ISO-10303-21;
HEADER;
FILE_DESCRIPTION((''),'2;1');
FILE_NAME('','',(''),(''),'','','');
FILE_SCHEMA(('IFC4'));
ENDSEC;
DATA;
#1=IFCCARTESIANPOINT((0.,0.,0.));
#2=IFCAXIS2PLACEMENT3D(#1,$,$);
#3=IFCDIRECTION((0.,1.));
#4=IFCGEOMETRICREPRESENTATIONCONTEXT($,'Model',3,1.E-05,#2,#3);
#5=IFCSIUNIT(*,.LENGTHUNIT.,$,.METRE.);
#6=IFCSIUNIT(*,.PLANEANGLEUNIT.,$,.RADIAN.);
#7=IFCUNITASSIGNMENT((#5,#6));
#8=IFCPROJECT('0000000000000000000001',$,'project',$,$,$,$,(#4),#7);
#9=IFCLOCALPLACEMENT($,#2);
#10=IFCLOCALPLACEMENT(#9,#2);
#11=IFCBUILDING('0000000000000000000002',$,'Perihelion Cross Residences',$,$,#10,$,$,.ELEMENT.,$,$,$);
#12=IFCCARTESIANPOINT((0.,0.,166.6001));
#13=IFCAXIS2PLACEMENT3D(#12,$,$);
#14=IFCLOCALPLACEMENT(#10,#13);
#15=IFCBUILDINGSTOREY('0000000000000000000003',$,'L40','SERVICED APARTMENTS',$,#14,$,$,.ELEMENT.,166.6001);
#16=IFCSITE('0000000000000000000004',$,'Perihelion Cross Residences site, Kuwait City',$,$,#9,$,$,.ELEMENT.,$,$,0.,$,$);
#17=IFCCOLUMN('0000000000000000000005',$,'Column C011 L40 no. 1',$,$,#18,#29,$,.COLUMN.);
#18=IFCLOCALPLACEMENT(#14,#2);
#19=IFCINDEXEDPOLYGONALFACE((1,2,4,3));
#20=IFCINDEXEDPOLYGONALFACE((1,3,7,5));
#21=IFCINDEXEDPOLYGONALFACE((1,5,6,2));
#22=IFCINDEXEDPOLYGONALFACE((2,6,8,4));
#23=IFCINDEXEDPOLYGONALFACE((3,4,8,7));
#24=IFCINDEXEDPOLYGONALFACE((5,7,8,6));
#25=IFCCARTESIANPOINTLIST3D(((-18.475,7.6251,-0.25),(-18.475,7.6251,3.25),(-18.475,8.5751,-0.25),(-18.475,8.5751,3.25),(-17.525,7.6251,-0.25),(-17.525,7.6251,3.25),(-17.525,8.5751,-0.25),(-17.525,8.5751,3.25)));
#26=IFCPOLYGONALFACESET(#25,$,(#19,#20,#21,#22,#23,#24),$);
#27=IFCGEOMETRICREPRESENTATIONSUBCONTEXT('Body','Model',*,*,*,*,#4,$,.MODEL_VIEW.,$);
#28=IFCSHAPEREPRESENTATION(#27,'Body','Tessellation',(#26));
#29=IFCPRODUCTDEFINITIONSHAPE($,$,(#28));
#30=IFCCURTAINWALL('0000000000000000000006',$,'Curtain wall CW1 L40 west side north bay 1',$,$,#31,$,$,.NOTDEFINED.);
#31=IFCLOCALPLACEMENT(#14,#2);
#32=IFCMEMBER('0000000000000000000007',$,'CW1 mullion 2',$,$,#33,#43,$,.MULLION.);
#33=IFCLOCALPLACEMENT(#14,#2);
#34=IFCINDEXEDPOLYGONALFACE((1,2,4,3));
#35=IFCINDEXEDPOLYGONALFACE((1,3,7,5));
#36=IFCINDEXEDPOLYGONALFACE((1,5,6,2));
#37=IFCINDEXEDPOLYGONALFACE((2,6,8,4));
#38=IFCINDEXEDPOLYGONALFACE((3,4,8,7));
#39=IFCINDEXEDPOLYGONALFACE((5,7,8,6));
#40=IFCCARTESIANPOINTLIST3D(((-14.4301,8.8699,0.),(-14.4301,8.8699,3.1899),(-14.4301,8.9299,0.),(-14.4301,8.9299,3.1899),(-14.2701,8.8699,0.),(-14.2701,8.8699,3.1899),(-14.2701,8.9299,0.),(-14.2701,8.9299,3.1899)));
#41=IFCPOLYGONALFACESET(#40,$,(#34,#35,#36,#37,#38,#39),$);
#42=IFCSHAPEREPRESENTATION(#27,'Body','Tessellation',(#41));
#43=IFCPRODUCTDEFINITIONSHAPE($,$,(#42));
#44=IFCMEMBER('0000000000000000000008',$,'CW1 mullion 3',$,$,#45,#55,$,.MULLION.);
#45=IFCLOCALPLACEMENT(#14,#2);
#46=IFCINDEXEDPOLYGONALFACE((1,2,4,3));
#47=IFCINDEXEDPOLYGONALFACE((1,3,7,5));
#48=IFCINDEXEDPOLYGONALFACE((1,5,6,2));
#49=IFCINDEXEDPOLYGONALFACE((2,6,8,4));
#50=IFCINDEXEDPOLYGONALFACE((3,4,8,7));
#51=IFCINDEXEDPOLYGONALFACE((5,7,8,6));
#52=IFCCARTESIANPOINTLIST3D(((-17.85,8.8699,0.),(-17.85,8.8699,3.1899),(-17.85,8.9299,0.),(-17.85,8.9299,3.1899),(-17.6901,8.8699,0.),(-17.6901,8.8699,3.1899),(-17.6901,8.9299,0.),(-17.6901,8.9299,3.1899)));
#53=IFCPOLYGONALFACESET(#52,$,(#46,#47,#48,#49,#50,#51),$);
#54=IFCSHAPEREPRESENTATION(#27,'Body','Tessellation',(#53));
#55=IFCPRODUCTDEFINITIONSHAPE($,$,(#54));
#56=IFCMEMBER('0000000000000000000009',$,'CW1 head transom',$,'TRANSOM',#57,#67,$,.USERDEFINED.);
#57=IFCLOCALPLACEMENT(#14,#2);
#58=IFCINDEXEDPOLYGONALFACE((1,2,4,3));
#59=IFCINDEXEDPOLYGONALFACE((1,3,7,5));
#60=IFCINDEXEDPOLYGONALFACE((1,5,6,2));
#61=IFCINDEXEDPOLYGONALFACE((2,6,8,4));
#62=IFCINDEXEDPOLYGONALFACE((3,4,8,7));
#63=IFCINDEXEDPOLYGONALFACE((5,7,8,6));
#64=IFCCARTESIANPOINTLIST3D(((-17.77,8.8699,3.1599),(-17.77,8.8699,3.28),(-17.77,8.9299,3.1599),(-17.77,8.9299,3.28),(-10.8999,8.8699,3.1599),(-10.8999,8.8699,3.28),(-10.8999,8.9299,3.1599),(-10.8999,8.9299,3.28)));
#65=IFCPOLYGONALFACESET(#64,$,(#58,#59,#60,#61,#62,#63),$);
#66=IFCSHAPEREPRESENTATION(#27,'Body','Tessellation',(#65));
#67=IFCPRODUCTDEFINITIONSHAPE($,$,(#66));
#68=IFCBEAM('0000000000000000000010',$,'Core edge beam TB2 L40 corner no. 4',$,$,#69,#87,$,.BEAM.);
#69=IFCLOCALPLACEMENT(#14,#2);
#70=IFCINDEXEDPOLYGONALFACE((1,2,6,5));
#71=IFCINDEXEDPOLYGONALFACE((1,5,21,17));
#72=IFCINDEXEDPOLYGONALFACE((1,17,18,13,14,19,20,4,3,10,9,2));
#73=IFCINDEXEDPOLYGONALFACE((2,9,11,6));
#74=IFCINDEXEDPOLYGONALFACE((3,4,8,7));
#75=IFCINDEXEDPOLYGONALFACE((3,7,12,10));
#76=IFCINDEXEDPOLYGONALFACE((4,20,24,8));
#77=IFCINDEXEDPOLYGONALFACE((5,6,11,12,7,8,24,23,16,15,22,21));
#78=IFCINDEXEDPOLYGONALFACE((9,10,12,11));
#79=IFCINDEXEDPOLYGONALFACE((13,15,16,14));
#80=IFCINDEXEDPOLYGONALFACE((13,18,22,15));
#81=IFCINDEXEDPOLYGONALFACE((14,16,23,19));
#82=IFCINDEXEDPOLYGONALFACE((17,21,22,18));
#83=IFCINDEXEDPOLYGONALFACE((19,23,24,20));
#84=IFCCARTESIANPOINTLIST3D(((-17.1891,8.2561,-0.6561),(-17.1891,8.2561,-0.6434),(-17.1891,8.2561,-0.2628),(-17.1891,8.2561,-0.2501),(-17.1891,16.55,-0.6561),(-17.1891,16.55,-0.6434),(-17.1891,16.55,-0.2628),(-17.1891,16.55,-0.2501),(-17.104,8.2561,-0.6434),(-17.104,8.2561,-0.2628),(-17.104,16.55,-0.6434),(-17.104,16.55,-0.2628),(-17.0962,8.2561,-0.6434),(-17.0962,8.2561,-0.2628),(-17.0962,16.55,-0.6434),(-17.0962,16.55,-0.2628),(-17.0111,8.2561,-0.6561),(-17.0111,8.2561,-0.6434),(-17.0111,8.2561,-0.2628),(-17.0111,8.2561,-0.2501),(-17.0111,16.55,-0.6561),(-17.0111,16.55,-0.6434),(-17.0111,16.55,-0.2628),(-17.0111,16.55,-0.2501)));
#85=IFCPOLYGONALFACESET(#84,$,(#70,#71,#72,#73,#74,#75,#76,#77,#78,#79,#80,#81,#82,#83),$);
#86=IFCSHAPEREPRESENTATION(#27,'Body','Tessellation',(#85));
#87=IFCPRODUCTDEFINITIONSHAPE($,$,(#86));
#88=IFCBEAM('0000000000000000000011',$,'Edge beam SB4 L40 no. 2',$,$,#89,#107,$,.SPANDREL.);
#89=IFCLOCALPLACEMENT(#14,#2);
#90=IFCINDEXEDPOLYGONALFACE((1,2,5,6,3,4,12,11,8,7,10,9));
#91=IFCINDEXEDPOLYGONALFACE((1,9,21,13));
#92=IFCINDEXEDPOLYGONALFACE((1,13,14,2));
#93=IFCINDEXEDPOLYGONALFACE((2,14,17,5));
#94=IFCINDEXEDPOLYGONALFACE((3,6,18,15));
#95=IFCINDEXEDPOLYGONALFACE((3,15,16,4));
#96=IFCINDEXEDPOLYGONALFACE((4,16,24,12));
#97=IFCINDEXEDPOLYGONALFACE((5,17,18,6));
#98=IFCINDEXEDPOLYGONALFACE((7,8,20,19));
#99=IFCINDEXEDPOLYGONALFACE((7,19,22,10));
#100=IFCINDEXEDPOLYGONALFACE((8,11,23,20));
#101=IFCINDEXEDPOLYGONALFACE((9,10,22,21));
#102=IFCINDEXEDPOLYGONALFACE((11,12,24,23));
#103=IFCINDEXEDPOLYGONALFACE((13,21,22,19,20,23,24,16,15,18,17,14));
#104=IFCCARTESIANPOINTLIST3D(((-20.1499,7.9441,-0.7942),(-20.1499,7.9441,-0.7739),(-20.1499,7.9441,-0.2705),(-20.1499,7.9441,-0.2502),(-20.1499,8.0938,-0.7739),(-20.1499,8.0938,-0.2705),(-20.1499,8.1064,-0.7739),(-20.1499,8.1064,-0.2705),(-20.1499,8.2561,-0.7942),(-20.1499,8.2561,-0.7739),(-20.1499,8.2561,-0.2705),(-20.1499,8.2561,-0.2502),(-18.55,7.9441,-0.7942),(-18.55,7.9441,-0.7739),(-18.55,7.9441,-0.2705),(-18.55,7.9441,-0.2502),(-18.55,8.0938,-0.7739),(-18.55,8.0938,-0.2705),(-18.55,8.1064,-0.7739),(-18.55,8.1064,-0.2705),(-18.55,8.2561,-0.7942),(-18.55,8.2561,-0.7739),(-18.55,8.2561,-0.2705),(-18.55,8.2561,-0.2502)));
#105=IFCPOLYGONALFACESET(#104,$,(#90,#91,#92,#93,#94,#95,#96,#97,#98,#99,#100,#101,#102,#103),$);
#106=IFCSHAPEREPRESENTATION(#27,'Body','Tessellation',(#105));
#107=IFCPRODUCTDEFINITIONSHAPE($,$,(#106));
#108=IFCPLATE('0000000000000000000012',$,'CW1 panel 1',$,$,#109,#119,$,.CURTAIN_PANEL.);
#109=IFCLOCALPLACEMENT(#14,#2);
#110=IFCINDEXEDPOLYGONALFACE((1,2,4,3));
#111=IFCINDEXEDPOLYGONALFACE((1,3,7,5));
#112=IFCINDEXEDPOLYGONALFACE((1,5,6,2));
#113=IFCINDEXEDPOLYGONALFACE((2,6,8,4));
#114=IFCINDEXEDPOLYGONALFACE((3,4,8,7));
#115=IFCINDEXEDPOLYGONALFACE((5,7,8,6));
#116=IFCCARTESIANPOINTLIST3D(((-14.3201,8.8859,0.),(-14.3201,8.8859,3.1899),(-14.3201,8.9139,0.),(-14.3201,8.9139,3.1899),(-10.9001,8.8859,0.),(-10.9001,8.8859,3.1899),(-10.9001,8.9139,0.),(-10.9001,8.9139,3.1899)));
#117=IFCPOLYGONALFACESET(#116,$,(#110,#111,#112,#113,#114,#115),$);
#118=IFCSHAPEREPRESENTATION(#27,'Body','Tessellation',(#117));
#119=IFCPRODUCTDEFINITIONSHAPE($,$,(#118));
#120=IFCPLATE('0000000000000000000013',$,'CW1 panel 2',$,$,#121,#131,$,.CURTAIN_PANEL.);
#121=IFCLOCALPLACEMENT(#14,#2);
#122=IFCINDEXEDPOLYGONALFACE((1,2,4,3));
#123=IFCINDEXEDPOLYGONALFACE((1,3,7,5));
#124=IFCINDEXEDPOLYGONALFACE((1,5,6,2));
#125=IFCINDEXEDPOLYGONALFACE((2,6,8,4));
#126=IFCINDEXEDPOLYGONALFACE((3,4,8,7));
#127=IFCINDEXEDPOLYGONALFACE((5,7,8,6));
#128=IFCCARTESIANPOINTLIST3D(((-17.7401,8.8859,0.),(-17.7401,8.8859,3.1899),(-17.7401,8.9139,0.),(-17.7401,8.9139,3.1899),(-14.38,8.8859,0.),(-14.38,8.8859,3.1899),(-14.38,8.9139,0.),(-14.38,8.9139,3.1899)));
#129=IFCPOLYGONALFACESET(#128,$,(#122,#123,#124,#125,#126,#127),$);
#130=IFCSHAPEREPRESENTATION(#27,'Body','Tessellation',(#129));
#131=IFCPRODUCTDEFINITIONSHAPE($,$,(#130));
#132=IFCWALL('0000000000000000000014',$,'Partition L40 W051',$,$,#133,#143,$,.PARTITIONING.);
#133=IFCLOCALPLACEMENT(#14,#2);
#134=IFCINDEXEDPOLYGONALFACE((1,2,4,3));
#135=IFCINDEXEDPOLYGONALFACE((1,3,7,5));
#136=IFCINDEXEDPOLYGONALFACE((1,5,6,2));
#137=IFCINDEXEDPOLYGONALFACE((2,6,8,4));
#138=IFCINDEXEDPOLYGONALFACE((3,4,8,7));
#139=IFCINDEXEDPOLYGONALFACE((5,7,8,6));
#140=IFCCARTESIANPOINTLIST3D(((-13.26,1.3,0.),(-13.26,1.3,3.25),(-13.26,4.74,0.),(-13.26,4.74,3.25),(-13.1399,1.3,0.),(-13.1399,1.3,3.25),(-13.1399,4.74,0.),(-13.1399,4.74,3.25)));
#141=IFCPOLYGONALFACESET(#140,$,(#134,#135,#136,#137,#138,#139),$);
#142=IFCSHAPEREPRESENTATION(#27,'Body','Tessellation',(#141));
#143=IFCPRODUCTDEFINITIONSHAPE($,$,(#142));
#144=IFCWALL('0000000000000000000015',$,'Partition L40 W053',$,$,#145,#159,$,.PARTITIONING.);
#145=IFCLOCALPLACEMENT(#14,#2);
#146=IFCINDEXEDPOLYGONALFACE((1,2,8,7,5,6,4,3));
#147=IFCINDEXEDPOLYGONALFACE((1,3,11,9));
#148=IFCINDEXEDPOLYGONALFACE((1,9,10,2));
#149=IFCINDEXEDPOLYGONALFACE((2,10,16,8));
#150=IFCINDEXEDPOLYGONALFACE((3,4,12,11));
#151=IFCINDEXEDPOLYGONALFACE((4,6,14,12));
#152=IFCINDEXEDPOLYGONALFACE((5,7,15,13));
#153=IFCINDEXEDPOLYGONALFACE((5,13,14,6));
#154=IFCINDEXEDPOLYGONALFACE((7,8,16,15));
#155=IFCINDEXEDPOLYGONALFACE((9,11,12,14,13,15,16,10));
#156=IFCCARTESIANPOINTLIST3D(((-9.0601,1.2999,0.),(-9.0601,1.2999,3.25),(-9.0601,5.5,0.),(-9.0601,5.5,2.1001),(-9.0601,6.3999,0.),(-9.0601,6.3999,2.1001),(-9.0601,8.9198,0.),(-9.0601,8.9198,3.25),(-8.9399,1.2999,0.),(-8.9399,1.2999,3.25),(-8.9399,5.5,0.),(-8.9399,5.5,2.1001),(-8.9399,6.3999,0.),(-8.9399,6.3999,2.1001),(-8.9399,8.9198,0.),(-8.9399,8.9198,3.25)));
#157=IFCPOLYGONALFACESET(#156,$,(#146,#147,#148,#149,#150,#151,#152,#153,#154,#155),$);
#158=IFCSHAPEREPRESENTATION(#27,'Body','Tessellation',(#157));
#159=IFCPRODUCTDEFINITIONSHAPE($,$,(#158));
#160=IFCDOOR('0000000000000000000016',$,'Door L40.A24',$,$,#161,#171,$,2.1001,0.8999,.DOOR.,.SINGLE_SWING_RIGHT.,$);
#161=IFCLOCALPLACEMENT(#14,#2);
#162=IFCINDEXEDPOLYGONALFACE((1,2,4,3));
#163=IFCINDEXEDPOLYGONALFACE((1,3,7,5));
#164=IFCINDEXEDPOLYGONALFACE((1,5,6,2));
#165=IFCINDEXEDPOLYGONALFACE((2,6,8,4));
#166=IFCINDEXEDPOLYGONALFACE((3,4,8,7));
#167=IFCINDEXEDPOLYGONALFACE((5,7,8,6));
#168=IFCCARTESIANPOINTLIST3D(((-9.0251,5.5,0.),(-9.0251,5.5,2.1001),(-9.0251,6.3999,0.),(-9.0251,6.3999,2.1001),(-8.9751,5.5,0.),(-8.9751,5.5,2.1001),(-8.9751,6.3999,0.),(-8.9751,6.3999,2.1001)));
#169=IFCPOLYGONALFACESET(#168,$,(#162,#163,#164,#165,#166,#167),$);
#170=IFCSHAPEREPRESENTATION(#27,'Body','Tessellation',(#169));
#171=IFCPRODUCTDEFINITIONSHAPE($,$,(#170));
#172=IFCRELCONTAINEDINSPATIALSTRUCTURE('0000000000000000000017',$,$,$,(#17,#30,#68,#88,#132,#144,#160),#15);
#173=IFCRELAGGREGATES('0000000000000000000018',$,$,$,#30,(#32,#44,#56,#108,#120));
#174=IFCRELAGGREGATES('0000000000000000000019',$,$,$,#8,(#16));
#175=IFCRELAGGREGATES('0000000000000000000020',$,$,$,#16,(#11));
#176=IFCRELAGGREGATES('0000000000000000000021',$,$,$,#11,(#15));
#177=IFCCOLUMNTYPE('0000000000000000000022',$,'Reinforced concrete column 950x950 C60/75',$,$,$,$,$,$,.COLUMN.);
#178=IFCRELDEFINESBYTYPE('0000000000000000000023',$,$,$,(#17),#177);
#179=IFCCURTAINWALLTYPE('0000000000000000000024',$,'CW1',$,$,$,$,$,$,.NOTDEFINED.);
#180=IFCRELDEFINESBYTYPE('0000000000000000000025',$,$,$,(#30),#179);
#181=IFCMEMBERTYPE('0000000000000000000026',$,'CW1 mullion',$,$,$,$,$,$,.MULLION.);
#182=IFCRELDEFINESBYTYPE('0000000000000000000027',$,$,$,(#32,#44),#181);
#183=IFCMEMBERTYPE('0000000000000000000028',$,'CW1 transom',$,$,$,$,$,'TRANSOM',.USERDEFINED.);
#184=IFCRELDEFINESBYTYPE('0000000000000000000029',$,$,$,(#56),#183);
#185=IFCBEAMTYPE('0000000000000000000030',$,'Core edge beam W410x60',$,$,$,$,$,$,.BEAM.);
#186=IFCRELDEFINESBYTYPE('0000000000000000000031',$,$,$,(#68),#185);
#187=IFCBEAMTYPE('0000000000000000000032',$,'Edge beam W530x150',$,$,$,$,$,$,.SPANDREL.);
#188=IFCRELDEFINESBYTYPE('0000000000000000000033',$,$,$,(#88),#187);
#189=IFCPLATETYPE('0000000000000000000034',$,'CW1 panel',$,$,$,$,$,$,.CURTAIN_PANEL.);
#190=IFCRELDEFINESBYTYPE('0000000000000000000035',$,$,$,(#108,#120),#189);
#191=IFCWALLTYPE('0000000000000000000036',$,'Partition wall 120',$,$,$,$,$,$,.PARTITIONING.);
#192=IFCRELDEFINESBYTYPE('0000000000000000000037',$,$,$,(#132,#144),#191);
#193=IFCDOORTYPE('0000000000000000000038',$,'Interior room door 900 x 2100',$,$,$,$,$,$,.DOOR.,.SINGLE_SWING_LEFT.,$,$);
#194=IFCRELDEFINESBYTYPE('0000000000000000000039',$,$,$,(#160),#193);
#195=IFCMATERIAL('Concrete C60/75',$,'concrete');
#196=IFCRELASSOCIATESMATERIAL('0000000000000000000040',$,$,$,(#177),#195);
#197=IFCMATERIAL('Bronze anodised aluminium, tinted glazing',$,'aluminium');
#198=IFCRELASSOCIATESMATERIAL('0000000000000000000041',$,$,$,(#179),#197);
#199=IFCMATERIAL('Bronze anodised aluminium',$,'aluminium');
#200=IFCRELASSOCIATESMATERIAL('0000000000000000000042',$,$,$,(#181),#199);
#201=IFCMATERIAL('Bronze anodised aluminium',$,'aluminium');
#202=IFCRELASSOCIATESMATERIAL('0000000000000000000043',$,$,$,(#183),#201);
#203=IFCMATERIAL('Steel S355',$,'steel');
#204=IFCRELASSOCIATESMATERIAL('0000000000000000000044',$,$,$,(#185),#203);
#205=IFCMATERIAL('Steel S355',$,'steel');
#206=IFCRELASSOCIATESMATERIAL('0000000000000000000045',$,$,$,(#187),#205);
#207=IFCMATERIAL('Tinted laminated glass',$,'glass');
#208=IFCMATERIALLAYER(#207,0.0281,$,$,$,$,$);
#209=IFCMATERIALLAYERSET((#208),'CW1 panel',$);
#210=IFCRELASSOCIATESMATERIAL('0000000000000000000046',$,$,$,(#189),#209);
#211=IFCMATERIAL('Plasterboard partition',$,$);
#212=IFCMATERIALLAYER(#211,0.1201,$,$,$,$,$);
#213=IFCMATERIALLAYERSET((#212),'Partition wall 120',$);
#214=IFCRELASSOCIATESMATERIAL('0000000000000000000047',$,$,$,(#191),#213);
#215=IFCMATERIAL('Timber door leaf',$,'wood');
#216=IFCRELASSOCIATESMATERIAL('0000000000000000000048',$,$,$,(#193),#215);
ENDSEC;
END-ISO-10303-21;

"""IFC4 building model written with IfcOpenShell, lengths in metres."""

from ifc_helpers import new_model, si_unit, direction, frame, frame_2d, origin, origin_2d, place, context, subcontext, project, spatial, rectangle, i_section, extrude, material, layer, layer_set, material_profile, profile_set, type_object, element, fill, aggregate, save


model = new_model("IFC4")

# Units and contexts
model_context = context("Model", 3, precision=1e-05, world=origin(), true_north=direction((0.0, 1.0)))
body_context = subcontext(model_context, "Body", "Model", "MODEL_VIEW")
ifc_project = project(units=[si_unit("LENGTHUNIT", "METRE"), si_unit("PLANEANGLEUNIT", "RADIAN")], contexts=[model_context])

# Site, building, storey
site_placement = place(None, origin())
site = spatial("IfcSite", under=ifc_project, at=site_placement, Name="Perihelion Cross Residences site, Kuwait City", CompositionType="ELEMENT", RefElevation=0.0)
building_placement = place(site_placement, origin())
building = spatial("IfcBuilding", under=site, at=building_placement, Name="Perihelion Cross Residences", CompositionType="ELEMENT")
storey_placement = place(building_placement, frame((0.0, 0.0, 166.6001)))
storey = spatial("IfcBuildingStorey", under=building, at=storey_placement, Name="L40", Description="SERVICED APARTMENTS", CompositionType="ELEMENT", Elevation=166.6001)

# Column
ifc_material_1 = material(Name="Concrete C60/75", Category="concrete")
ifc_material_profile_1 = material_profile(ifc_material_1, rectangle(XDim=0.95, YDim=0.95, at=origin_2d()), Name="RC 950x950")
ifc_profile_set_1 = profile_set([ifc_material_profile_1], Name="Concrete C60/75")
column_type = type_object("IfcColumnType", Name="Reinforced concrete column 950x950 C60/75", PredefinedType="COLUMN", material=ifc_profile_set_1)
column_placement = place(storey_placement, frame((-18.0, 8.1001, -0.25), z_axis=(0.0, 0.0, 1.0), x_axis=(1.0, 0.0, 0.0)))
element("IfcColumn", 1, at=column_placement, inside=storey, type_object=column_type, Name="Column C011 L40 no. 1", PredefinedType="COLUMN", context=body_context, shape_type="SweptSolid", body=[
    extrude(rectangle(XDim=0.95, YDim=0.95, at=origin_2d()), origin(), (0.0, 0.0, 1.0), 3.5),
])

# Curtain wall, members
ifc_material_2 = material(Name="Bronze anodised aluminium, tinted glazing", Category="aluminium")
curtain_wall_type = type_object("IfcCurtainWallType", Name="CW1", PredefinedType="NOTDEFINED", material=ifc_material_2)
curtain_wall_placement = place(storey_placement, origin())
curtain_wall = element("IfcCurtainWall", 2, at=curtain_wall_placement, inside=storey, type_object=curtain_wall_type, Name="Curtain wall CW1 L40 west side north bay 1", PredefinedType="NOTDEFINED")
ifc_material_3 = material(Name="Bronze anodised aluminium", Category="aluminium")
ifc_material_profile_2 = material_profile(ifc_material_3, rectangle(XDim=0.0601, YDim=0.1599, at=origin_2d()), Name="CW1 mullion")
ifc_profile_set_2 = profile_set([ifc_material_profile_2], Name="Bronze anodised aluminium")
member_type_1 = type_object("IfcMemberType", Name="CW1 mullion", PredefinedType="MULLION", material=ifc_profile_set_2)
member_1_placement = place(storey_placement, frame((-14.3501, 8.8999, 0.0), z_axis=(0.0, 0.0, 1.0), x_axis=(0.0, -1.0, 0.0)))
member_1 = element("IfcMember", 3, at=member_1_placement, type_object=member_type_1, Name="CW1 mullion 2", PredefinedType="MULLION", context=body_context, shape_type="SweptSolid", body=[
    extrude(rectangle(XDim=0.0601, YDim=0.1599, at=origin_2d()), origin(), (0.0, 0.0, 1.0), 3.1899),
])
member_2_placement = place(storey_placement, frame((-17.77, 8.8999, 0.0), z_axis=(0.0, 0.0, 1.0), x_axis=(0.0, -1.0, 0.0)))
member_2 = element("IfcMember", 4, at=member_2_placement, type_object=member_type_1, Name="CW1 mullion 3", PredefinedType="MULLION", context=body_context, shape_type="SweptSolid", body=[
    extrude(rectangle(XDim=0.0601, YDim=0.1599, at=origin_2d()), origin(), (0.0, 0.0, 1.0), 3.1899),
])
ifc_material_4 = material(Name="Bronze anodised aluminium", Category="aluminium")
ifc_material_profile_3 = material_profile(ifc_material_4, rectangle(XDim=0.0601, YDim=0.1201, at=origin_2d()), Name="CW1 transom")
ifc_profile_set_3 = profile_set([ifc_material_profile_3], Name="Bronze anodised aluminium")
member_type_2 = type_object("IfcMemberType", Name="CW1 transom", ElementType="TRANSOM", PredefinedType="USERDEFINED", material=ifc_profile_set_3)
member_3_placement = place(storey_placement, frame((-10.8999, 8.8999, 3.22), z_axis=(-1.0, 0.0, 0.0), x_axis=(0.0, -1.0, 0.0)))
member_3 = element("IfcMember", 5, at=member_3_placement, type_object=member_type_2, Name="CW1 head transom", ObjectType="TRANSOM", PredefinedType="USERDEFINED", context=body_context, shape_type="SweptSolid", body=[
    extrude(rectangle(XDim=0.0601, YDim=0.1201, at=origin_2d()), origin(), (0.0, 0.0, 1.0), 6.8701),
])

# Beams
ifc_material_5 = material(Name="Steel S355", Category="steel")
ifc_material_profile_4 = material_profile(ifc_material_5, i_section(OverallWidth=0.178, OverallDepth=0.406, WebThickness=0.0078, FlangeThickness=0.0127, at=origin_2d()), Name="W410x60")
ifc_profile_set_4 = profile_set([ifc_material_profile_4], Name="Steel S355")
beam_type_1 = type_object("IfcBeamType", Name="Core edge beam W410x60", PredefinedType="BEAM", material=ifc_profile_set_4)
beam_1_placement = place(storey_placement, frame((-17.1001, 8.2561, -0.4531), z_axis=(0.0, 1.0, 0.0), x_axis=(-1.0, 0.0, 0.0)))
element("IfcBeam", 6, at=beam_1_placement, inside=storey, type_object=beam_type_1, Name="Core edge beam TB2 L40 corner no. 4", PredefinedType="BEAM", context=body_context, shape_type="SweptSolid", body=[
    extrude(i_section(OverallWidth=0.178, OverallDepth=0.406, WebThickness=0.0078, FlangeThickness=0.0127, at=origin_2d()), origin(), (0.0, 0.0, 1.0), 8.2939),
])
ifc_material_6 = material(Name="Steel S355", Category="steel")
ifc_material_profile_5 = material_profile(ifc_material_6, i_section(OverallWidth=0.312, OverallDepth=0.5439, WebThickness=0.0127, FlangeThickness=0.0203, at=origin_2d()), Name="W530x150")
ifc_profile_set_5 = profile_set([ifc_material_profile_5], Name="Steel S355")
beam_type_2 = type_object("IfcBeamType", Name="Edge beam W530x150", PredefinedType="SPANDREL", material=ifc_profile_set_5)
beam_2_placement = place(storey_placement, frame((-18.55, 8.1001, -0.5222), z_axis=(-1.0, 0.0, 0.0), x_axis=(0.0, -1.0, 0.0)))
element("IfcBeam", 7, at=beam_2_placement, inside=storey, type_object=beam_type_2, Name="Edge beam SB4 L40 no. 2", PredefinedType="SPANDREL", context=body_context, shape_type="SweptSolid", body=[
    extrude(i_section(OverallWidth=0.312, OverallDepth=0.5439, WebThickness=0.0127, FlangeThickness=0.0203, at=origin_2d()), origin(), (0.0, 0.0, 1.0), 1.5999),
])

# Plates
ifc_material_7 = material(Name="Tinted laminated glass", Category="glass")
ifc_layer_1 = layer(ifc_material_7, 0.0281)
ifc_layer_set_1 = layer_set([ifc_layer_1], Name="CW1 panel")
plate_type = type_object("IfcPlateType", Name="CW1 panel", PredefinedType="CURTAIN_PANEL", material=ifc_layer_set_1)
plate_1_placement = place(storey_placement, frame((-12.6101, 8.8999, 0.0), z_axis=(0.0, 0.0, 1.0), x_axis=(-1.0, 0.0, 0.0)))
plate_1 = element("IfcPlate", 8, at=plate_1_placement, type_object=plate_type, Name="CW1 panel 1", PredefinedType="CURTAIN_PANEL", context=body_context, shape_type="SweptSolid", body=[
    extrude(rectangle(XDim=3.4199, YDim=0.0281, at=origin_2d()), origin(), (0.0, 0.0, 1.0), 3.1899),
])
plate_2_placement = place(storey_placement, frame((-16.0601, 8.8999, 0.0), z_axis=(0.0, 0.0, 1.0), x_axis=(-1.0, 0.0, 0.0)))
plate_2 = element("IfcPlate", 9, at=plate_2_placement, type_object=plate_type, Name="CW1 panel 2", PredefinedType="CURTAIN_PANEL", context=body_context, shape_type="SweptSolid", body=[
    extrude(rectangle(XDim=3.3601, YDim=0.0281, at=origin_2d()), origin(), (0.0, 0.0, 1.0), 3.1899),
])
aggregate(curtain_wall, [member_1, member_2, member_3, plate_1, plate_2])

# Wall
ifc_material_8 = material(Name="Plasterboard partition")
ifc_layer_2 = layer(ifc_material_8, 0.1201)
ifc_layer_set_2 = layer_set([ifc_layer_2], Name="Partition wall 120")
wall_type_1 = type_object("IfcWallType", Name="Partition wall 120", PredefinedType="PARTITIONING", material=ifc_layer_set_2)
wall_1_placement = place(storey_placement, frame((-13.2, 1.3, 0.0), z_axis=(0.0, 0.0, 1.0), x_axis=(0.0, 1.0, 0.0)))
element("IfcWall", 10, at=wall_1_placement, inside=storey, type_object=wall_type_1, Name="Partition L40 W051", PredefinedType="PARTITIONING", context=body_context, shape_type="SweptSolid", body=[
    extrude(rectangle(XDim=3.4399, YDim=0.1201, at=frame_2d((1.72, 0.0))), origin(), (0.0, 0.0, 1.0), 3.25),
])

# Wall, opening, door
wall_2_placement = place(storey_placement, frame((-9.0, 8.9199, 0.0), z_axis=(0.0, 0.0, 1.0), x_axis=(0.0, -1.0, 0.0)))
wall_2 = element("IfcWall", 11, at=wall_2_placement, inside=storey, type_object=wall_type_1, Name="Partition L40 W053", PredefinedType="PARTITIONING", context=body_context, shape_type="SweptSolid", body=[
    extrude(rectangle(XDim=7.6199, YDim=0.1201, at=frame_2d((3.8101, 0.0))), origin(), (0.0, 0.0, 1.0), 3.25),
])
opening_1_placement = place(wall_2_placement, frame((2.52, 0.0, 0.0)))
opening_1 = element("IfcOpeningElement", 12, at=opening_1_placement, cuts=wall_2, PredefinedType="OPENING", context=body_context, shape_type="SweptSolid", body=[
    extrude(rectangle(XDim=0.8999, YDim=2.1001, at=frame_2d((0.45, 1.05))), frame((0.0, 0.0701, 0.0), z_axis=(0.0, -1.0, 0.0), x_axis=(1.0, 0.0, 0.0)), (0.0, 0.0, 1.0), 0.1401),
])
ifc_material_9 = material(Name="Timber door leaf", Category="wood")
door_type_1 = type_object("IfcDoorType", Name="Interior room door 900 x 2100", OperationType="SINGLE_SWING_LEFT", PredefinedType="DOOR", material=ifc_material_9)
door_1_placement = place(opening_1_placement, origin())
door_1 = element("IfcDoor", 13, at=door_1_placement, inside=storey, type_object=door_type_1, Name="Door L40.A24", OperationType="SINGLE_SWING_RIGHT", OverallHeight=2.1001, OverallWidth=0.8999, PredefinedType="DOOR", context=body_context, shape_type="SweptSolid", body=[
    extrude(rectangle(XDim=0.8999, YDim=2.1001, at=frame_2d((0.45, 1.05))), frame((0.0, 0.0249, 0.0), z_axis=(0.0, -1.0, 0.0), x_axis=(1.0, 0.0, 0.0)), (0.0, 0.0, 1.0), 0.05),
])
fill(opening_1, door_1)

save(model, "model.ifc")
